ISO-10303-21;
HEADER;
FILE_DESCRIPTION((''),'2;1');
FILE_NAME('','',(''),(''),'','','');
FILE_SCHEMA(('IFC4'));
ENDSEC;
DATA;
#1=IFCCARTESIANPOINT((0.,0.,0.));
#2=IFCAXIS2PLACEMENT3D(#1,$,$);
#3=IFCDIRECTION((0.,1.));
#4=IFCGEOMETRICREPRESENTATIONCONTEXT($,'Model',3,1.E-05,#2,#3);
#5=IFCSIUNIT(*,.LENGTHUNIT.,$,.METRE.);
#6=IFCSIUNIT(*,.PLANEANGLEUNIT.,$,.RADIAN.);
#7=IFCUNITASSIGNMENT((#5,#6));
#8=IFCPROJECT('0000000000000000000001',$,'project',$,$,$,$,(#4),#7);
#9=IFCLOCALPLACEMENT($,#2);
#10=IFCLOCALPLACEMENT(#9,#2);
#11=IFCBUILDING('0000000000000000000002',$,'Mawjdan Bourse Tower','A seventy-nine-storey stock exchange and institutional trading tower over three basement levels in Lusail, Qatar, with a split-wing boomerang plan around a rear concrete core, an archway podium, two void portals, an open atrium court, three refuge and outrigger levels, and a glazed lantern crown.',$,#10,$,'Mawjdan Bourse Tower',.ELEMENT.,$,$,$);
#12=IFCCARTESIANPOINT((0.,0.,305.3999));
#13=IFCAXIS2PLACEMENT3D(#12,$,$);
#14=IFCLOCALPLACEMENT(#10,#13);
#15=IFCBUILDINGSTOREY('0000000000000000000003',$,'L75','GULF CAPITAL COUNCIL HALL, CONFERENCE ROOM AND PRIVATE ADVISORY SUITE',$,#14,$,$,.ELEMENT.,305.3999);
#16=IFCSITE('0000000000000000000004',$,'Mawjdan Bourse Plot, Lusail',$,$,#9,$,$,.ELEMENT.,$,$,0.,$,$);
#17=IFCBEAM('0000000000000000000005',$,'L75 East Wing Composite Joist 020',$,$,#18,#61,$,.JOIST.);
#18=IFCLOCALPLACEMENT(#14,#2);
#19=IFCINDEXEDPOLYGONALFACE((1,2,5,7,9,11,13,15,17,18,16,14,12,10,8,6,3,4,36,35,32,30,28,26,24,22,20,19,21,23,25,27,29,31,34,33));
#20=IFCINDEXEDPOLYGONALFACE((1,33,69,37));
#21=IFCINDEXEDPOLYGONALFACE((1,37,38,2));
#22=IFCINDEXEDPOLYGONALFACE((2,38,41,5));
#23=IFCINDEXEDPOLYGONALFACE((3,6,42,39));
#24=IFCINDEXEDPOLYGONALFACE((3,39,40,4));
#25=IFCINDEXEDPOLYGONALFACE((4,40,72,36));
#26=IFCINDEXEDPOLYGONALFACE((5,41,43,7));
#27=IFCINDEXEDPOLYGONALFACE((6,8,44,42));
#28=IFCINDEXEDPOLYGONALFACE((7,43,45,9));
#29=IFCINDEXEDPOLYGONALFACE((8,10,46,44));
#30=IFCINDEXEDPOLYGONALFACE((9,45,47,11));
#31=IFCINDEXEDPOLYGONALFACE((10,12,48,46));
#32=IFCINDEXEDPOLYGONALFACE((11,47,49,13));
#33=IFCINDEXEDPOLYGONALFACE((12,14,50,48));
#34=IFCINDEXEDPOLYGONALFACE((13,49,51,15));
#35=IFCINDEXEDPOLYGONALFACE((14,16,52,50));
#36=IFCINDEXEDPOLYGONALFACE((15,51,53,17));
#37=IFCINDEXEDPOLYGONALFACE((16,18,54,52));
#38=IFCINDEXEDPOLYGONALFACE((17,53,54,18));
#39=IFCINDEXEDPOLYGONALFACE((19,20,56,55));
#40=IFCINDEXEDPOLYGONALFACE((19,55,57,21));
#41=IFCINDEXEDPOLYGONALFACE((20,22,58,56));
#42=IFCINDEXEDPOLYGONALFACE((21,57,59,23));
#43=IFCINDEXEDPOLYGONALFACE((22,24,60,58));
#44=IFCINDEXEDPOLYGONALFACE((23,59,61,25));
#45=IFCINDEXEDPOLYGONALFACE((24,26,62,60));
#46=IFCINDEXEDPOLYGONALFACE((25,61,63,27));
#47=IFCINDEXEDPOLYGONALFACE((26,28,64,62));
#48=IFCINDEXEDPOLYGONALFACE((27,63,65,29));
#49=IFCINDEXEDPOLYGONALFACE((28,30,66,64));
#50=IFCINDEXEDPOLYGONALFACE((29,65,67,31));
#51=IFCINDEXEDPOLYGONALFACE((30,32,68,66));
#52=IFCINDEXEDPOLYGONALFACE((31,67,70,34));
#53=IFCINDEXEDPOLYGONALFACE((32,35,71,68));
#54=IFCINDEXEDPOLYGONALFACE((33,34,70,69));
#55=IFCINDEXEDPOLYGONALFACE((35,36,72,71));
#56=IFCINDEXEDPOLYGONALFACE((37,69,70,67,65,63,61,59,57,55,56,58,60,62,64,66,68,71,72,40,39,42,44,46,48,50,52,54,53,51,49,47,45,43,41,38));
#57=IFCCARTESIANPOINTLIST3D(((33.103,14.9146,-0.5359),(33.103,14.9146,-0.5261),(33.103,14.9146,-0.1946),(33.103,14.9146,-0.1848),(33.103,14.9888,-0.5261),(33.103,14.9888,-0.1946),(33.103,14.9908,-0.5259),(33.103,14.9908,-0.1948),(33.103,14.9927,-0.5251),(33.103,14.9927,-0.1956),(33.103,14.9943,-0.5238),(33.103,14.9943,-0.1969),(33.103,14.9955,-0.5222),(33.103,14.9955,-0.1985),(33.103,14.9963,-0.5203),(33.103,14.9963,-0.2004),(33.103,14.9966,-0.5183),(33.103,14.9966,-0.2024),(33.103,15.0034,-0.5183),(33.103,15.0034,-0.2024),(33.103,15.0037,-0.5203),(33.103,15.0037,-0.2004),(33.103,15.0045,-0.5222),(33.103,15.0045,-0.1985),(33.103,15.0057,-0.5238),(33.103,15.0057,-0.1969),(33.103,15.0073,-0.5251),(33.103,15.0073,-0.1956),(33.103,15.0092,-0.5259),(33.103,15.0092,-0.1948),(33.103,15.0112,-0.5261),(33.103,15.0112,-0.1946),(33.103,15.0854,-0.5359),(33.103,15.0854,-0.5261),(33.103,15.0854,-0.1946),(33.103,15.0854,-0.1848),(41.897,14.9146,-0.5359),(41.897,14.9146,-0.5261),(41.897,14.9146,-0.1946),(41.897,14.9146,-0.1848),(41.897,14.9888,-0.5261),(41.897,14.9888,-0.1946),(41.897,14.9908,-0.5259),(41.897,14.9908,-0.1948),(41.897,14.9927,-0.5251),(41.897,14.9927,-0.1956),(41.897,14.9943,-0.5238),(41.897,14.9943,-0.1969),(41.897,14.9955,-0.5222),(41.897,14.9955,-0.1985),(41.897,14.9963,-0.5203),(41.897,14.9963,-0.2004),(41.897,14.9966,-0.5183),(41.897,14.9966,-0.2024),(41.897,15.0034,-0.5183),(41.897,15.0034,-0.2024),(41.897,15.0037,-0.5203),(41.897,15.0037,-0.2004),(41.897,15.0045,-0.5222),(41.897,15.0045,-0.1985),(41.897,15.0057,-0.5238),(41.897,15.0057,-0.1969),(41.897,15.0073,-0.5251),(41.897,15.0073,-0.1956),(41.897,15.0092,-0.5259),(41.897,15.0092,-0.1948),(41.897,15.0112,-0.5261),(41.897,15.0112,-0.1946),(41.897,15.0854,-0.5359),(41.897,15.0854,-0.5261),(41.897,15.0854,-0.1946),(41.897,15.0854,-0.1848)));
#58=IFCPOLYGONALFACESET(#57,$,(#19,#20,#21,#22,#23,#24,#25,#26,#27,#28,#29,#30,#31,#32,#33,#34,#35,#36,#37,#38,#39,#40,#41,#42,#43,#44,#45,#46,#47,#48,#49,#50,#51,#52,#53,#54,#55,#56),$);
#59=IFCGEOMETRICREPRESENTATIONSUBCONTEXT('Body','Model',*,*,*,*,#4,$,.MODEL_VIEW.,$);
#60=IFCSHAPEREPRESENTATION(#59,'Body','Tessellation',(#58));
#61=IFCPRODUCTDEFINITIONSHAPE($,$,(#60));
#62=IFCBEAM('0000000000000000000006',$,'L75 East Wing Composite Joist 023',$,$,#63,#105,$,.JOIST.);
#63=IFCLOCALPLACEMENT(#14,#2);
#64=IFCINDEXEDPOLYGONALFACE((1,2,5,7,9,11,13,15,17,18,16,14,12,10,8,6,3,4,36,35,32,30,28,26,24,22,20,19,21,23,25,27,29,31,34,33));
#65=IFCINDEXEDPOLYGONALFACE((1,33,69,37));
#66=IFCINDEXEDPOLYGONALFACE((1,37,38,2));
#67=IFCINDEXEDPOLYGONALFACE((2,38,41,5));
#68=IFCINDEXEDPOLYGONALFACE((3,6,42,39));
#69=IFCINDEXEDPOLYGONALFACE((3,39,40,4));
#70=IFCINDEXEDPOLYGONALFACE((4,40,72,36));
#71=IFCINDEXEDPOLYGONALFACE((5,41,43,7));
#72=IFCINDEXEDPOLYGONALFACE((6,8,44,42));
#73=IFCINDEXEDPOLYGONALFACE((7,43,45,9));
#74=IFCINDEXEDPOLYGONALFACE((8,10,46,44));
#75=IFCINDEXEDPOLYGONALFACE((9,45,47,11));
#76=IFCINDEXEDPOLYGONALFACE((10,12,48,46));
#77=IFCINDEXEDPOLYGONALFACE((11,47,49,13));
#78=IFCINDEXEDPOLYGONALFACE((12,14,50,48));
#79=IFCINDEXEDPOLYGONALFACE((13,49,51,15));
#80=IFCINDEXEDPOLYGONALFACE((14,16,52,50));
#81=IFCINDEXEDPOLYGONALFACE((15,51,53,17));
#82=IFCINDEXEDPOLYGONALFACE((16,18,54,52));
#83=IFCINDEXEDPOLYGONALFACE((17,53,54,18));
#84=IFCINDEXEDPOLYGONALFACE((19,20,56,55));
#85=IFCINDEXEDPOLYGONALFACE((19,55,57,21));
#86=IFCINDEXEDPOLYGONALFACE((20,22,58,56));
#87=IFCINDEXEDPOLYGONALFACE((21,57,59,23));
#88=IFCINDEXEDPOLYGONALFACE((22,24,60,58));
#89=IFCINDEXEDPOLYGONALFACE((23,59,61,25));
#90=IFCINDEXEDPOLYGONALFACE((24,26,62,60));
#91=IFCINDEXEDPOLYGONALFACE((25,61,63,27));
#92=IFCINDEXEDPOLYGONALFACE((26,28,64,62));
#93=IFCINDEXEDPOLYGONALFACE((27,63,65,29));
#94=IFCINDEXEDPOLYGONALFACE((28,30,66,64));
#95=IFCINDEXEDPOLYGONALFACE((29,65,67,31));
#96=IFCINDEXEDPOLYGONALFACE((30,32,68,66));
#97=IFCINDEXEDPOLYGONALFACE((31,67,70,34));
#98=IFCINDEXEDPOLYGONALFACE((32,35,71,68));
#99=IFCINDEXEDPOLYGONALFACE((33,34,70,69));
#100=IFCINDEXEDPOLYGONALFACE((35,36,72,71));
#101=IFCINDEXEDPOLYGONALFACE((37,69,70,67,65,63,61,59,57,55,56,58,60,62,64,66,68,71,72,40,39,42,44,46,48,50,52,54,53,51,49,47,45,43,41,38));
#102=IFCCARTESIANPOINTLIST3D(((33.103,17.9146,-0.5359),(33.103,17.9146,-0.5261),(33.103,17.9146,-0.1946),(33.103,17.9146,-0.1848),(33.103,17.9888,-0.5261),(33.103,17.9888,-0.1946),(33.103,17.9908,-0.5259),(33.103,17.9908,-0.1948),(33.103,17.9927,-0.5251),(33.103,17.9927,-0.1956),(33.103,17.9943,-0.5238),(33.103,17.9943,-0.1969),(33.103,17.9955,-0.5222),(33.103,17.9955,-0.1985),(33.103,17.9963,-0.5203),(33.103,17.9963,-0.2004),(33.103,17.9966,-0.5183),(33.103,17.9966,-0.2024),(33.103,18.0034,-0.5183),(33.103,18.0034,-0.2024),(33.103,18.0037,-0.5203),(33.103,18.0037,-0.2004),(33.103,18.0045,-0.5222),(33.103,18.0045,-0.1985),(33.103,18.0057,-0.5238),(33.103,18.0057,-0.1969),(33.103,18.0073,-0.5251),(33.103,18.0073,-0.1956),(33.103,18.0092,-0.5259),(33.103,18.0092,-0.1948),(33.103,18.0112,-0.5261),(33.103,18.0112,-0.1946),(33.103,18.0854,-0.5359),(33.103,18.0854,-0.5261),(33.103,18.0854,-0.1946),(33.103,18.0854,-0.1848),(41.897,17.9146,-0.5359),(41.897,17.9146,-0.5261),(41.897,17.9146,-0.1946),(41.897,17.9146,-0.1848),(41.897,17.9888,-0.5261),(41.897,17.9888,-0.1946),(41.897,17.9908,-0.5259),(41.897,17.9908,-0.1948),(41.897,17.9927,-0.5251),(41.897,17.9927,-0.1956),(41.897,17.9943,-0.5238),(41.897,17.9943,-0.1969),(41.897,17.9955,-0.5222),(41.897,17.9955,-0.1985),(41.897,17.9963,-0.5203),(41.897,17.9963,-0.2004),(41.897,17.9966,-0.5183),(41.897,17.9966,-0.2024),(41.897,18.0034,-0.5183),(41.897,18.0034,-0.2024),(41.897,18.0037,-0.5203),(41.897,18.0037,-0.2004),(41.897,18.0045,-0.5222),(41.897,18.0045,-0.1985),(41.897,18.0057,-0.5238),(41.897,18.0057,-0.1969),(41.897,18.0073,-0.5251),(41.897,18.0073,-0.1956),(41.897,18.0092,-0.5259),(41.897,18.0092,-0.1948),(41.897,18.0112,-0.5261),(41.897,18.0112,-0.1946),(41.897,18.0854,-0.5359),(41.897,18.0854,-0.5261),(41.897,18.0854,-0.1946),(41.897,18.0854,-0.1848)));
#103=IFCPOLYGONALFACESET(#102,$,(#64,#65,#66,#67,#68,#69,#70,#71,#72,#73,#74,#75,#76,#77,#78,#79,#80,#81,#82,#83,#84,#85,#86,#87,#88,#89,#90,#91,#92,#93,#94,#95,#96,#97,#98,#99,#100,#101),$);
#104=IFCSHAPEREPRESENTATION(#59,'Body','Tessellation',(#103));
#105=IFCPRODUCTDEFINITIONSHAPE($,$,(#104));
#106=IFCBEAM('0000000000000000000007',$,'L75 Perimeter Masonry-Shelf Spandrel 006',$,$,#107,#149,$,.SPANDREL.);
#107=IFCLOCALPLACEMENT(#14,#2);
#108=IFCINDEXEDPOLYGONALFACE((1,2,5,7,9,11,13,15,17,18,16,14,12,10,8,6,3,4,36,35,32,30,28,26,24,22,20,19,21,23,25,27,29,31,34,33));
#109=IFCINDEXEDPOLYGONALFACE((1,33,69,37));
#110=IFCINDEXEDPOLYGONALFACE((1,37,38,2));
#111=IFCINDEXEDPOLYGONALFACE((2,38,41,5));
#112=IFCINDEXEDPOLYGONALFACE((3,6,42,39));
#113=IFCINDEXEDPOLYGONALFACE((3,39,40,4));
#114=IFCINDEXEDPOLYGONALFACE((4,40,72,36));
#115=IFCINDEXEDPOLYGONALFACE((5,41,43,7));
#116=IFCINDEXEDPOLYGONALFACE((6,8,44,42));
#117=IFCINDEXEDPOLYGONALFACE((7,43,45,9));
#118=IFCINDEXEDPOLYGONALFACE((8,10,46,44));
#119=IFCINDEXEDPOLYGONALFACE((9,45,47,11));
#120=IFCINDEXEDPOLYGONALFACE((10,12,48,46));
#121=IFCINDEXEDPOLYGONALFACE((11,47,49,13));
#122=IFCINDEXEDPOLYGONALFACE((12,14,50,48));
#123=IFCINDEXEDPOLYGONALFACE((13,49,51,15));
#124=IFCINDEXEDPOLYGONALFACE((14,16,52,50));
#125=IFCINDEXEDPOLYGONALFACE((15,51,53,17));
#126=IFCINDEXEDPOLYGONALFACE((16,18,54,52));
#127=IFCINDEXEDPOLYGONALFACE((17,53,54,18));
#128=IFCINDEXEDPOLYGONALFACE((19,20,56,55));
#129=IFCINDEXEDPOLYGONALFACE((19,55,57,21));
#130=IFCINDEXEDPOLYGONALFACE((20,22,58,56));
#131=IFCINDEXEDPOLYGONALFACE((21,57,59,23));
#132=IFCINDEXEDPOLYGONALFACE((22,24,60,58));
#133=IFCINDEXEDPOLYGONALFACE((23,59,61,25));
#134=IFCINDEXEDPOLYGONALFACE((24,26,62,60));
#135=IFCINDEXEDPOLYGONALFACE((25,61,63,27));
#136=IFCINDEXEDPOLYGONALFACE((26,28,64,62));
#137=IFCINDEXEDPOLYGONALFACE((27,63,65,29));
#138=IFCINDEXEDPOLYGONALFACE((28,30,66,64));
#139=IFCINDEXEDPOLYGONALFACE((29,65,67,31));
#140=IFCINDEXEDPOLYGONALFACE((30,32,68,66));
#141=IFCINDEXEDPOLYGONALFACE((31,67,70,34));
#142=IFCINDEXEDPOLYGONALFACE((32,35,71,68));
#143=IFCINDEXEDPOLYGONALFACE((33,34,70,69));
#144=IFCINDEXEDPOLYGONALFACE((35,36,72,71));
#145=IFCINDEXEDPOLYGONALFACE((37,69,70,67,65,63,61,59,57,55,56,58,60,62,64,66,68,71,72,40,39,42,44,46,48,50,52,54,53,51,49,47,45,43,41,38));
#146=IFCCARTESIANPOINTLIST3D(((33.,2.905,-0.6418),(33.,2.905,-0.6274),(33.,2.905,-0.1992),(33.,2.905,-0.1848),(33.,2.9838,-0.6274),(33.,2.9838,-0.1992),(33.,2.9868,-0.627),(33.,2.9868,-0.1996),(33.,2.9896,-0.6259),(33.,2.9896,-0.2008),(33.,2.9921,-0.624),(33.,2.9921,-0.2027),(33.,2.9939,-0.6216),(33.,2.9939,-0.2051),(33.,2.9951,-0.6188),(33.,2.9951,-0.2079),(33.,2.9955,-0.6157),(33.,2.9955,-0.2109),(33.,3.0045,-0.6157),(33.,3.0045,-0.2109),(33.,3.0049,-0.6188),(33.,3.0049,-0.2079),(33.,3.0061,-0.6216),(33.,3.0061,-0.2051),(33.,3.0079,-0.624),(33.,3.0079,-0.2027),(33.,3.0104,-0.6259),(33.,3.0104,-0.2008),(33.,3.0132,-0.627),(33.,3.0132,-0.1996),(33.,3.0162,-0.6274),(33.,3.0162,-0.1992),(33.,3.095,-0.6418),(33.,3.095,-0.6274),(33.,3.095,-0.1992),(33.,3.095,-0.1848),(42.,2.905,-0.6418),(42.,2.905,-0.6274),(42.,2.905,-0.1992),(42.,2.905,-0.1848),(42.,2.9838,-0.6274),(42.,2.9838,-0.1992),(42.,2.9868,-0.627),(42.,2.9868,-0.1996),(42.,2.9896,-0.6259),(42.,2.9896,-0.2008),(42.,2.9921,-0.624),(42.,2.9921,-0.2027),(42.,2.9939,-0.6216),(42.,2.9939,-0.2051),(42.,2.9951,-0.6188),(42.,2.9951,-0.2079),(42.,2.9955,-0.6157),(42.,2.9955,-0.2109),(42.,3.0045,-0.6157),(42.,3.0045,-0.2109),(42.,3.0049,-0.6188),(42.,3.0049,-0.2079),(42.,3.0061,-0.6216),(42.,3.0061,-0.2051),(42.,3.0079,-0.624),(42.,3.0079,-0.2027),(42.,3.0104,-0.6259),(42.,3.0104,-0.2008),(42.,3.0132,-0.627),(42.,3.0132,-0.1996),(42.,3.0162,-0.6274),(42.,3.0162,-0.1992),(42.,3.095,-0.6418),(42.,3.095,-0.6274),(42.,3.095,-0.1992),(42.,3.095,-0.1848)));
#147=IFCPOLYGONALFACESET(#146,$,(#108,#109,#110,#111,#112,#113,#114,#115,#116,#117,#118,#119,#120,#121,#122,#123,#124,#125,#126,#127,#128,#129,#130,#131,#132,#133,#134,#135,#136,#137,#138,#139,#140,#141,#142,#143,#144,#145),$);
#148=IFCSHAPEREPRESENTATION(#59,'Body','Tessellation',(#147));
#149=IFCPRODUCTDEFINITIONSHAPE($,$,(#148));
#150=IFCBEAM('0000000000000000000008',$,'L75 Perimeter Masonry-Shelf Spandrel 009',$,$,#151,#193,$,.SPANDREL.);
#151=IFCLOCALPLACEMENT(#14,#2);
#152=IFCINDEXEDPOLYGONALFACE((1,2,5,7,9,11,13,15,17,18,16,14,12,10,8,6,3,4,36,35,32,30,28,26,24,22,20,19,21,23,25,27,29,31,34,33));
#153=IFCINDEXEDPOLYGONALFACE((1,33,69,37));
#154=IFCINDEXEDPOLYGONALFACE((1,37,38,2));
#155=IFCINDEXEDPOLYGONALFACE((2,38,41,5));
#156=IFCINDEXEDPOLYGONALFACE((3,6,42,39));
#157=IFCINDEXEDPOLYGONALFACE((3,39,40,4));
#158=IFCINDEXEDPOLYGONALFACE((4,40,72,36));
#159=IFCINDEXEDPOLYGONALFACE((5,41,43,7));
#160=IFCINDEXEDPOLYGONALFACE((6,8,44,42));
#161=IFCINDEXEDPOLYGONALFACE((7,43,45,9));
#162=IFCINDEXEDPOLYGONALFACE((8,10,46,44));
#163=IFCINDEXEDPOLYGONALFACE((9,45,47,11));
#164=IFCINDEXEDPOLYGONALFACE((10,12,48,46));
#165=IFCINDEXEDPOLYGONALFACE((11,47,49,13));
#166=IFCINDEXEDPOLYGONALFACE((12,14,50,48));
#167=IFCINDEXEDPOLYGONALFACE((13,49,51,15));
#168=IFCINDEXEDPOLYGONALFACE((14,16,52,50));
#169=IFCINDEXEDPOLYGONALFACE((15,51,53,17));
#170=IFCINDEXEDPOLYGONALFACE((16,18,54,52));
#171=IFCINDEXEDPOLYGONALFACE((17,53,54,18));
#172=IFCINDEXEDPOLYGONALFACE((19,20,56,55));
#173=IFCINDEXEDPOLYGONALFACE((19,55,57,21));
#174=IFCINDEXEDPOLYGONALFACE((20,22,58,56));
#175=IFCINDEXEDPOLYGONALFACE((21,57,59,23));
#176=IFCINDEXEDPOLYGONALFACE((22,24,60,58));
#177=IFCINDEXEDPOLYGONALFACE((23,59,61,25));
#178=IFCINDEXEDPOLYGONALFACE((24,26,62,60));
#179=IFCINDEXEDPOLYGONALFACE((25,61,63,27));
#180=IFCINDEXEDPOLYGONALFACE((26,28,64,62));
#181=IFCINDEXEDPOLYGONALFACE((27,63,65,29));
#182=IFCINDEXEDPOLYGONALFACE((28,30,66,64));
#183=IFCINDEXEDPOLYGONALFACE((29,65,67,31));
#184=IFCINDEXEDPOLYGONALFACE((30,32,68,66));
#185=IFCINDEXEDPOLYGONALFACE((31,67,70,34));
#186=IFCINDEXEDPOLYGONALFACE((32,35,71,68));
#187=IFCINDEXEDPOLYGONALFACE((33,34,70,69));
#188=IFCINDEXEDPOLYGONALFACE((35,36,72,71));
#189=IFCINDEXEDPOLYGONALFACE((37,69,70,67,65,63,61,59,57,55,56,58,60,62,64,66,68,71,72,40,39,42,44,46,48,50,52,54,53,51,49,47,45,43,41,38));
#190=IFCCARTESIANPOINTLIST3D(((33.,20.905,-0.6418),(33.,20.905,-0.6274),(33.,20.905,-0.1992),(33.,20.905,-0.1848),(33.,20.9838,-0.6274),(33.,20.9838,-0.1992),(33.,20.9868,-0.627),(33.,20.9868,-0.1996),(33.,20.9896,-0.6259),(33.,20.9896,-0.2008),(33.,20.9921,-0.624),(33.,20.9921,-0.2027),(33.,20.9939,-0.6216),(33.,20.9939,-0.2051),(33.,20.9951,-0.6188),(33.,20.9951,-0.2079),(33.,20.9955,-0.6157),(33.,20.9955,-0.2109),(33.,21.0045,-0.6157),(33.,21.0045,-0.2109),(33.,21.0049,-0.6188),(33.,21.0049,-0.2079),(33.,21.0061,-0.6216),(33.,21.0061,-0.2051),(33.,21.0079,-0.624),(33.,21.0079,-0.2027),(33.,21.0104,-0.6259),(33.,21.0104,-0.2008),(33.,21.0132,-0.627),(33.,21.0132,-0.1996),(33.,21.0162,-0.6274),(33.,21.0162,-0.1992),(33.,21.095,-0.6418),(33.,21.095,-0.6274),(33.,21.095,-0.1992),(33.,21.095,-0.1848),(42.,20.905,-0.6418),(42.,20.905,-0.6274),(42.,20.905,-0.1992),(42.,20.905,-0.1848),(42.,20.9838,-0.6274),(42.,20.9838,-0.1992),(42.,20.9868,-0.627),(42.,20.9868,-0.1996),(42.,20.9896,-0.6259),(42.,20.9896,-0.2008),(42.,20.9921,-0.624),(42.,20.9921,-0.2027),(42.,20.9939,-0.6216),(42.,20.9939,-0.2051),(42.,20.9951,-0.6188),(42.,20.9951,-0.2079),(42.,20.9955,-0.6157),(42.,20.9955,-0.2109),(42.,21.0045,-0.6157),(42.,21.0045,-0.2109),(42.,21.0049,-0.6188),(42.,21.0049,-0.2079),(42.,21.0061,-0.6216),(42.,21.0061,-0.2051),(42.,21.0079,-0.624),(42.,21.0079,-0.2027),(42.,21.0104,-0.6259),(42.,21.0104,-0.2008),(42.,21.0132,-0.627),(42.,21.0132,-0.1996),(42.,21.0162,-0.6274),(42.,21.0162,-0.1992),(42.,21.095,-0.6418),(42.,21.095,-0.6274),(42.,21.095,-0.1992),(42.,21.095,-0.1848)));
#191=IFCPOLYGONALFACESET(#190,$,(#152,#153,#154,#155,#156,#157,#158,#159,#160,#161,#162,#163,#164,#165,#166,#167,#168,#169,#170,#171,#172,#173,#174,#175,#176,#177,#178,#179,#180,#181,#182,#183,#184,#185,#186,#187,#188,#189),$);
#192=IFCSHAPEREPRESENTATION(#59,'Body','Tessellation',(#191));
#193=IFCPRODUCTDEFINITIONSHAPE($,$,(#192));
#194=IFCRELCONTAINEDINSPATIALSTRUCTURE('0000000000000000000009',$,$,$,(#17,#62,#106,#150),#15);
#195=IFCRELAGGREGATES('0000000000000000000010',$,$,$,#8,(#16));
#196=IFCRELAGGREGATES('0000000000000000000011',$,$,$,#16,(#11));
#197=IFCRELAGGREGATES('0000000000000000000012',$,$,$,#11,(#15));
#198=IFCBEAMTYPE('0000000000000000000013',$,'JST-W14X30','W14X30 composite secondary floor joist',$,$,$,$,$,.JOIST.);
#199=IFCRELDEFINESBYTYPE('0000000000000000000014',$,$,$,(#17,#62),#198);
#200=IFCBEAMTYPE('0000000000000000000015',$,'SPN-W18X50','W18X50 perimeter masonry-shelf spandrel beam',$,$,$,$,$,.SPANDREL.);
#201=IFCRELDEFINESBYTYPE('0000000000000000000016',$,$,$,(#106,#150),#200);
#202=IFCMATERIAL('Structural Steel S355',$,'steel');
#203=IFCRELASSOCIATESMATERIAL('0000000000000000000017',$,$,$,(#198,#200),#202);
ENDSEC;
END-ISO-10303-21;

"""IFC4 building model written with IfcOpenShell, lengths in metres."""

from ifc_helpers import new_model, si_unit, direction, frame, origin, origin_2d, place, context, subcontext, project, spatial, i_section, extrude, material, material_profile, profile_set, type_object, element, save


model = new_model("IFC4")

# Units and contexts
model_context = context("Model", 3, precision=1e-05, world=origin(), true_north=direction((0.0, 1.0)))
body_context = subcontext(model_context, "Body", "Model", "MODEL_VIEW")
ifc_project = project(units=[si_unit("LENGTHUNIT", "METRE"), si_unit("PLANEANGLEUNIT", "RADIAN")], contexts=[model_context])

# Site, building, storey
site_placement = place(None, origin())
site = spatial("IfcSite", under=ifc_project, at=site_placement, Name="Mawjdan Bourse Plot, Lusail", CompositionType="ELEMENT", RefElevation=0.0)
building_placement = place(site_placement, origin())
building = spatial("IfcBuilding", under=site, at=building_placement, Name="Mawjdan Bourse Tower", Description="A seventy-nine-storey stock exchange and institutional trading tower over three basement levels in Lusail, Qatar, with a split-wing boomerang plan around a rear concrete core, an archway podium, two void portals, an open atrium court, three refuge and outrigger levels, and a glazed lantern crown.", LongName="Mawjdan Bourse Tower", CompositionType="ELEMENT")
storey_placement = place(building_placement, frame((0.0, 0.0, 305.3999)))
storey = spatial("IfcBuildingStorey", under=building, at=storey_placement, Name="L75", Description="GULF CAPITAL COUNCIL HALL, CONFERENCE ROOM AND PRIVATE ADVISORY SUITE", CompositionType="ELEMENT", Elevation=305.3999)

# Shared definitions
ifc_material_1 = material(Name="Structural Steel S355", Category="steel")

# Beams
ifc_material_profile_1 = material_profile(ifc_material_1, i_section(OverallWidth=0.1709, OverallDepth=0.3511, WebThickness=0.0068, FlangeThickness=0.0098, FilletRadius=0.0078, at=origin_2d()), Name="W14X30")
ifc_profile_set_1 = profile_set([ifc_material_profile_1], Name="Structural Steel S355")
beam_type_1 = type_object("IfcBeamType", Name="JST-W14X30", Description="W14X30 composite secondary floor joist", PredefinedType="JOIST", material=ifc_profile_set_1)
for number, where, z_axis, x_axis, name in (
    (1, (33.103, 15.0, -0.3604), (1.0, 0.0, 0.0), (0.0, 1.0, 0.0), "L75 East Wing Composite Joist 020"),
    (2, (33.103, 18.0, -0.3604), (1.0, 0.0, 0.0), (0.0, 1.0, 0.0), "L75 East Wing Composite Joist 023"),
):
    element("IfcBeam", number, at=place(storey_placement, frame(where, z_axis=z_axis, x_axis=x_axis)), inside=storey, type_object=beam_type_1, Name=name, PredefinedType="JOIST", context=body_context, shape_type="SweptSolid", body=[
        extrude(i_section(OverallWidth=0.1709, OverallDepth=0.3511, WebThickness=0.0068, FlangeThickness=0.0098, FilletRadius=0.0078, at=origin_2d()), origin(), (0.0, 0.0, 1.0), 8.7939),
    ])
ifc_material_profile_2 = material_profile(ifc_material_1, i_section(OverallWidth=0.1899, OverallDepth=0.457, WebThickness=0.009, FlangeThickness=0.0144, FilletRadius=0.0117, at=origin_2d()), Name="W18X50")
ifc_profile_set_2 = profile_set([ifc_material_profile_2], Name="Structural Steel S355")
beam_type_2 = type_object("IfcBeamType", Name="SPN-W18X50", Description="W18X50 perimeter masonry-shelf spandrel beam", PredefinedType="SPANDREL", material=ifc_profile_set_2)
for number, where, z_axis, x_axis, name in (
    (3, (33.0, 3.0, -0.4133), (1.0, 0.0, 0.0), (0.0, 1.0, 0.0), "L75 Perimeter Masonry-Shelf Spandrel 006"),
    (4, (33.0, 21.0, -0.4133), (1.0, 0.0, 0.0), (0.0, 1.0, 0.0), "L75 Perimeter Masonry-Shelf Spandrel 009"),
):
    element("IfcBeam", number, at=place(storey_placement, frame(where, z_axis=z_axis, x_axis=x_axis)), inside=storey, type_object=beam_type_2, Name=name, PredefinedType="SPANDREL", context=body_context, shape_type="SweptSolid", body=[
        extrude(i_section(OverallWidth=0.1899, OverallDepth=0.457, WebThickness=0.009, FlangeThickness=0.0144, FilletRadius=0.0117, at=origin_2d()), origin(), (0.0, 0.0, 1.0), 9.0),
    ])

save(model, "model.ifc")
